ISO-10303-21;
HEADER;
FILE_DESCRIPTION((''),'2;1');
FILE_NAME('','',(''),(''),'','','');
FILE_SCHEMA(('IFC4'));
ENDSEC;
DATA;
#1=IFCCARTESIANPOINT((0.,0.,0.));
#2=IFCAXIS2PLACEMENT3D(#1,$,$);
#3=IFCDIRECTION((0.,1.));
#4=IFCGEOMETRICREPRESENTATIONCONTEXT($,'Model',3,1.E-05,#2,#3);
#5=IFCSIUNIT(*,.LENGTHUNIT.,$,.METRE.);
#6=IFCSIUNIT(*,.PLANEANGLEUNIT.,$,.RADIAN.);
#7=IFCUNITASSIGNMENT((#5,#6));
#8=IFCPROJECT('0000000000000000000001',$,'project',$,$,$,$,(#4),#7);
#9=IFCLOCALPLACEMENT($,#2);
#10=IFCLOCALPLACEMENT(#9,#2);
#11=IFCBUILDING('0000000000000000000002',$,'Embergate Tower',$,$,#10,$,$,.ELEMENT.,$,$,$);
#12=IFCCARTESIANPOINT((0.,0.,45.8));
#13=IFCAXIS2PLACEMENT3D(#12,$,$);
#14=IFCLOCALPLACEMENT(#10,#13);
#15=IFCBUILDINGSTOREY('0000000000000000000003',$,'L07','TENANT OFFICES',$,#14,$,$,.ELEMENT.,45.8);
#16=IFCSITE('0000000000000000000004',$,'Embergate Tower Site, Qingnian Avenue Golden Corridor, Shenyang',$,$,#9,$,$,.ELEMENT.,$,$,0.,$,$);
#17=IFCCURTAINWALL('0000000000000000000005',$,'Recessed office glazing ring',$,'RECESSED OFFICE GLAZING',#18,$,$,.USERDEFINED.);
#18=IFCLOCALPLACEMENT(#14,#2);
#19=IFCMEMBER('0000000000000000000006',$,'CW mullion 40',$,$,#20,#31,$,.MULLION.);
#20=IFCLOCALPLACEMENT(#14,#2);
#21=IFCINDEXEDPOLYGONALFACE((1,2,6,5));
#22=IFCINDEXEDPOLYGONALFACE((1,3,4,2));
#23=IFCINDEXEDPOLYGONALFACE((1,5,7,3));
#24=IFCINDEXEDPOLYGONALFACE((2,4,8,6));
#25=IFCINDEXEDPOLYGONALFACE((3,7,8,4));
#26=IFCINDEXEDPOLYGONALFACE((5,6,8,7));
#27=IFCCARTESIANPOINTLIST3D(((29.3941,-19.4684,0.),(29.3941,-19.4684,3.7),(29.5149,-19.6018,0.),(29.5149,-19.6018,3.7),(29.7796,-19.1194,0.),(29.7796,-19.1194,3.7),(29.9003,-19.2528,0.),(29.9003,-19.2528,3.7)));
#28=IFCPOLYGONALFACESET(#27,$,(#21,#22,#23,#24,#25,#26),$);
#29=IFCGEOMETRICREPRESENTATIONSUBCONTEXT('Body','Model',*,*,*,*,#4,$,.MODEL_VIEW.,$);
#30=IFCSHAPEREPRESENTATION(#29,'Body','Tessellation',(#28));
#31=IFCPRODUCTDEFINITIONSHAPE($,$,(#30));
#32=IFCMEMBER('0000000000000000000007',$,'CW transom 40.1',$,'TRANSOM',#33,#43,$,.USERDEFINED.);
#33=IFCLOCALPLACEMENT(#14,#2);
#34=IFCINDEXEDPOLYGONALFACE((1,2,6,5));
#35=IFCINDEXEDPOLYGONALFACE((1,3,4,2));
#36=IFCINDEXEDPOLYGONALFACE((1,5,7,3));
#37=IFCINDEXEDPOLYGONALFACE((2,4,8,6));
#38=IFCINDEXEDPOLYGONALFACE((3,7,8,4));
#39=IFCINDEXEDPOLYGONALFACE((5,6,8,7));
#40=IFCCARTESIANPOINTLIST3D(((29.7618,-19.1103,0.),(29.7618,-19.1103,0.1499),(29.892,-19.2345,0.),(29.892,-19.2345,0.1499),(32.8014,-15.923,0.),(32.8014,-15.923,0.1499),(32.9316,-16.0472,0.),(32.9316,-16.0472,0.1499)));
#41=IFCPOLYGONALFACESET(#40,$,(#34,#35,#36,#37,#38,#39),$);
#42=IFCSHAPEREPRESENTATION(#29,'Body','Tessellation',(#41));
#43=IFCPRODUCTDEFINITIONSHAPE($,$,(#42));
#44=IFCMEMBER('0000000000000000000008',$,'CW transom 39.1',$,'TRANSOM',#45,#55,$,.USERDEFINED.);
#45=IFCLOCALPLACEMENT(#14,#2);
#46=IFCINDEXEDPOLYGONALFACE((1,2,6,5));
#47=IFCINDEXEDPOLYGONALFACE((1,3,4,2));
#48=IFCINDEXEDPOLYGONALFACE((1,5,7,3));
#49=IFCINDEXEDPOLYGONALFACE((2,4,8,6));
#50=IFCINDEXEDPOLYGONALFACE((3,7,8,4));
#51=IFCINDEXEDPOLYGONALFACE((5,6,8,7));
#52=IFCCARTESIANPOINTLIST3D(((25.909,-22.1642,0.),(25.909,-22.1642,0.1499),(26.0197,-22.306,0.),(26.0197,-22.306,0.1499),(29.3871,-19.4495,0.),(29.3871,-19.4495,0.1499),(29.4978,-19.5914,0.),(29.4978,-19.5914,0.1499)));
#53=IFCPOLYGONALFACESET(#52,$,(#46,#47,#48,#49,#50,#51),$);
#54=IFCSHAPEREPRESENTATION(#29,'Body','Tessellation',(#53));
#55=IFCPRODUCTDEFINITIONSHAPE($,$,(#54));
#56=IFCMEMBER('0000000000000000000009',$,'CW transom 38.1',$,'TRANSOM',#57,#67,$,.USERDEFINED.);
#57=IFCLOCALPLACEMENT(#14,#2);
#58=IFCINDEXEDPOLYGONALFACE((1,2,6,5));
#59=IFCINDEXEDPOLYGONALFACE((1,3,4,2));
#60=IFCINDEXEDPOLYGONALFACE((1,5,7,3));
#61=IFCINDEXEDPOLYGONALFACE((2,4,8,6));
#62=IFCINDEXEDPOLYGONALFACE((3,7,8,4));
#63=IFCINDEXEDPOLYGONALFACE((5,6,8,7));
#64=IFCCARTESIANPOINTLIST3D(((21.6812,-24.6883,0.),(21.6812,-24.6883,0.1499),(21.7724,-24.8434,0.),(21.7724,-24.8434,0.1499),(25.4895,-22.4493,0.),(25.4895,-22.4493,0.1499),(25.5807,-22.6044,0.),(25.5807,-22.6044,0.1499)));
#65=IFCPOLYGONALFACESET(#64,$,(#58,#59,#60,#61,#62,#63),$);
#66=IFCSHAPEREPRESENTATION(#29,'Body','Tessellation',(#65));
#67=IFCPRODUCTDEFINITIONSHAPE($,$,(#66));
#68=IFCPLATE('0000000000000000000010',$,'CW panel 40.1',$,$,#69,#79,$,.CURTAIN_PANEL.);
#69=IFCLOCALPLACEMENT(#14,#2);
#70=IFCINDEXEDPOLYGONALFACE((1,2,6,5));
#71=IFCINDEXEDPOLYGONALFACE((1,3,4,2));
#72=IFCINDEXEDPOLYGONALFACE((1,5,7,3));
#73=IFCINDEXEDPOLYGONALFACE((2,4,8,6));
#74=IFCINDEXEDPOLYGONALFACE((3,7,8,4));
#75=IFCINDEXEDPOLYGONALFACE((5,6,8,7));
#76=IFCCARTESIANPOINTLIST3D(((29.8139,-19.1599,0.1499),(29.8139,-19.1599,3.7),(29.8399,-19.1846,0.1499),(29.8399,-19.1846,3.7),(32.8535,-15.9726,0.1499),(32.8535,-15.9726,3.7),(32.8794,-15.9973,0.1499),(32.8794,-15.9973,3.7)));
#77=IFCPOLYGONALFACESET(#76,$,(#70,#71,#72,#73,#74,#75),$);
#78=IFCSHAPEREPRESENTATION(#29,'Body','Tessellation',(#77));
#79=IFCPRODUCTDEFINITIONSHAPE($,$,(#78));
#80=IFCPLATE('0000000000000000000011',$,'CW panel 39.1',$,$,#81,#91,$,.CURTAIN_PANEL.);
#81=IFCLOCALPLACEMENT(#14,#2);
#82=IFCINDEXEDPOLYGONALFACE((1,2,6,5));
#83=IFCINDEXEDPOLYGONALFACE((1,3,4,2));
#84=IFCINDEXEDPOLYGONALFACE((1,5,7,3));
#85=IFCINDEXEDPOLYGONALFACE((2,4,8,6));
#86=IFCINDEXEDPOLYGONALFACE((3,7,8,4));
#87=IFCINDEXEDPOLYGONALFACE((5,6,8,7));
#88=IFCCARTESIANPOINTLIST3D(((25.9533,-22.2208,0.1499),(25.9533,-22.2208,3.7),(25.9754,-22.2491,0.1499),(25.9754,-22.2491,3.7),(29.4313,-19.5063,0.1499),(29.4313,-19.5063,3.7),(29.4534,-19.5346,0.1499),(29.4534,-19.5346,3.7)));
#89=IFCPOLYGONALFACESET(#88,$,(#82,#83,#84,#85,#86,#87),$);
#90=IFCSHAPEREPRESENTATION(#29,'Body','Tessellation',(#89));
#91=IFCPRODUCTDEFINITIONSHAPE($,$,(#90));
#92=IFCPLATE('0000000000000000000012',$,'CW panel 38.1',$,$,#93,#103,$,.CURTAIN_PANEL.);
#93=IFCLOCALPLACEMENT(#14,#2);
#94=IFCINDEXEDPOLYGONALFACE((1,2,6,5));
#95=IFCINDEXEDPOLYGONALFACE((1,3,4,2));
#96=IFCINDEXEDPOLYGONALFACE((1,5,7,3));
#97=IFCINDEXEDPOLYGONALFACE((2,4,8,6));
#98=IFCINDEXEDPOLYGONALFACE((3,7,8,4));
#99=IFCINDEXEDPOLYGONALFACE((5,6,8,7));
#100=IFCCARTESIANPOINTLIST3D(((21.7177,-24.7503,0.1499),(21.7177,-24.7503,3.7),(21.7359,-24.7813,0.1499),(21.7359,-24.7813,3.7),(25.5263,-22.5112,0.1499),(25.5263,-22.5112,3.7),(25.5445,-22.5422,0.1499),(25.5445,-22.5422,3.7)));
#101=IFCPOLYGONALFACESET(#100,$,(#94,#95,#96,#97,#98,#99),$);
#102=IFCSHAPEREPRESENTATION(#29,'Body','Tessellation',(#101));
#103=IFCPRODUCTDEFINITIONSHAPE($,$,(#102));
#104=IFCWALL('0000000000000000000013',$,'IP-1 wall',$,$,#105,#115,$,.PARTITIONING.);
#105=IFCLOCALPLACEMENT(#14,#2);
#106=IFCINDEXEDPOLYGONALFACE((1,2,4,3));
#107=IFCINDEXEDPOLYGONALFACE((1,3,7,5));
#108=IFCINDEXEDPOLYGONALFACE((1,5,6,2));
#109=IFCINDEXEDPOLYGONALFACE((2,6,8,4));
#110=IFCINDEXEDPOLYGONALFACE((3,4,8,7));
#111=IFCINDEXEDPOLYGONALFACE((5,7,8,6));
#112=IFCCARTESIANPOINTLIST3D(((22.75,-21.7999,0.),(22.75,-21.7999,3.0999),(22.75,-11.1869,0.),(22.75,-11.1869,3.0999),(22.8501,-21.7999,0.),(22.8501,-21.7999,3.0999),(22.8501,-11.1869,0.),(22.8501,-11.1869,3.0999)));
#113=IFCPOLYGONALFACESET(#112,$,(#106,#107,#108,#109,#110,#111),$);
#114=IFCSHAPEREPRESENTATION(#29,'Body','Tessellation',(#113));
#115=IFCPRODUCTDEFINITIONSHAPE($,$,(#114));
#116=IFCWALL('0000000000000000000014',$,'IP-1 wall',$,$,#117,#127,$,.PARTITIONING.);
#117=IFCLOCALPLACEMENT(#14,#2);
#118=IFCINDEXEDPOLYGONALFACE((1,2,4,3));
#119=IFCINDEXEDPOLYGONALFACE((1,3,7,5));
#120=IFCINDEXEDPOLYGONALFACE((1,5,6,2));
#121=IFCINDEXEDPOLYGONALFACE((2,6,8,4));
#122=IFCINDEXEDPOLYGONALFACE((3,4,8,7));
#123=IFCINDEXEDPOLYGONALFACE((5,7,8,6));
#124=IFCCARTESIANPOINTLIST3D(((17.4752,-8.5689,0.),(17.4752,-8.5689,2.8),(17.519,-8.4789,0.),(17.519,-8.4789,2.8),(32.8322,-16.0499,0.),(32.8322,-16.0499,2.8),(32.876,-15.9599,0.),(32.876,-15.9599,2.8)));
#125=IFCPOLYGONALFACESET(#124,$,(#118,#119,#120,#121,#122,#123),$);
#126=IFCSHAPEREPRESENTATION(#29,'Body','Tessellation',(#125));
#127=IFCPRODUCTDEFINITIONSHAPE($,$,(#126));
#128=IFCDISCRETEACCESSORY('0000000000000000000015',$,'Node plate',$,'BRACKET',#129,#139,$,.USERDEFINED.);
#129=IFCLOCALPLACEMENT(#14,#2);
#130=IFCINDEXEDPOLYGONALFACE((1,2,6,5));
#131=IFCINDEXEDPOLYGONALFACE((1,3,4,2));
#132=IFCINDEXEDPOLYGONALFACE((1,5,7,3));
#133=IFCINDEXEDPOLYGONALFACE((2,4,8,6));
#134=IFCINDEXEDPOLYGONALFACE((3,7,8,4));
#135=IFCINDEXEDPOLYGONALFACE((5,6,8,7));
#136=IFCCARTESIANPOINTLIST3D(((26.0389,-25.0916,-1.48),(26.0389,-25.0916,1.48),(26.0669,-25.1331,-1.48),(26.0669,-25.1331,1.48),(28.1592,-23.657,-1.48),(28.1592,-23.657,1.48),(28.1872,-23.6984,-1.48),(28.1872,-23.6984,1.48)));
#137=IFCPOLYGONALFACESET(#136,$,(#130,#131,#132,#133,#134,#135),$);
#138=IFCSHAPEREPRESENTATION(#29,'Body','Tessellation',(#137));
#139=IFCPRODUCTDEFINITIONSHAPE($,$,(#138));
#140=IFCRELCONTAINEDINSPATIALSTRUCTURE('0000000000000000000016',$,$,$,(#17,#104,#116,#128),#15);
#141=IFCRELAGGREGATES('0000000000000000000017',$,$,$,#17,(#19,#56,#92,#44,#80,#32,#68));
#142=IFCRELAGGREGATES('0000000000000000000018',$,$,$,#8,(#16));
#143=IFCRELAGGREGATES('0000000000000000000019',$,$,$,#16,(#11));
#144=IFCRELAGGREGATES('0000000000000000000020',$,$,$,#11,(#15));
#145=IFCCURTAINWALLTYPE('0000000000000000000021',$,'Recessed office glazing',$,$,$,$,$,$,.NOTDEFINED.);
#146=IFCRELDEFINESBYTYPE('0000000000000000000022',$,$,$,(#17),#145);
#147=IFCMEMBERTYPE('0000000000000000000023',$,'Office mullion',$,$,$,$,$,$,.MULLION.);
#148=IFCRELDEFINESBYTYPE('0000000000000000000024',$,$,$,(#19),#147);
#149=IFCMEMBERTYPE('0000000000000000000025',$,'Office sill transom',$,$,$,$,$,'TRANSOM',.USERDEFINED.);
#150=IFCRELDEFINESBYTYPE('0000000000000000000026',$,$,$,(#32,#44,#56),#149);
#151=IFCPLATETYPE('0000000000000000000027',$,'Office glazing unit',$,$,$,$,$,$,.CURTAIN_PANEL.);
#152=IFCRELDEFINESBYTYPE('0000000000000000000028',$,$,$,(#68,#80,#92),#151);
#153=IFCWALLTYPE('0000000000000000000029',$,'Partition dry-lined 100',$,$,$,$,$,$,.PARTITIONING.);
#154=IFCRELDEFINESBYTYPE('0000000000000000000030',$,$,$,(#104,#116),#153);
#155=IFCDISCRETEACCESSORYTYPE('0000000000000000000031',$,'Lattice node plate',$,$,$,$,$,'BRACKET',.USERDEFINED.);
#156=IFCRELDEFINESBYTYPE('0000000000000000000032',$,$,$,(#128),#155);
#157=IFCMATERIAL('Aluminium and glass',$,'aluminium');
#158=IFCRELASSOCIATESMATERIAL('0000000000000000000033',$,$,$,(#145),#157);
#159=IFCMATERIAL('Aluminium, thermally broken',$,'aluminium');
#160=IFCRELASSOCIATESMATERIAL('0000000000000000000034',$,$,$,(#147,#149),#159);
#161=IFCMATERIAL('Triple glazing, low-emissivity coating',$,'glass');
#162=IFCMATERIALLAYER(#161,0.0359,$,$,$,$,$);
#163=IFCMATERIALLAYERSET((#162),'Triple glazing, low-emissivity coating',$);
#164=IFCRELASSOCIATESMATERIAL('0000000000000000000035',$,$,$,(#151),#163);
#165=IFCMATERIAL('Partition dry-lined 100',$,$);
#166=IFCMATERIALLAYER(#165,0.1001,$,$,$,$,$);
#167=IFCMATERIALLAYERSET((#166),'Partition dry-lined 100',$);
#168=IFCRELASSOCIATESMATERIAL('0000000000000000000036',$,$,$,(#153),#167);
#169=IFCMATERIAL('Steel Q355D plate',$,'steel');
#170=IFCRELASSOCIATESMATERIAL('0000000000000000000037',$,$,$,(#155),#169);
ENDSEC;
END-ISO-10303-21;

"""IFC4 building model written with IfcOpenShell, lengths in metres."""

from ifc_helpers import new_model, si_unit, direction, frame, frame_2d, origin, origin_2d, place, context, subcontext, project, spatial, rectangle, extrude, source, transform, mapped, material, layer, layer_set, material_profile, profile_set, type_object, element, aggregate, save


model = new_model("IFC4")

# Units and contexts
model_context = context("Model", 3, precision=1e-05, world=origin(), true_north=direction((0.0, 1.0)))
body_context = subcontext(model_context, "Body", "Model", "MODEL_VIEW")
ifc_project = project(units=[si_unit("LENGTHUNIT", "METRE"), si_unit("PLANEANGLEUNIT", "RADIAN")], contexts=[model_context])

# Site, building, storey
site_placement = place(None, origin())
site = spatial("IfcSite", under=ifc_project, at=site_placement, Name="Embergate Tower Site, Qingnian Avenue Golden Corridor, Shenyang", CompositionType="ELEMENT", RefElevation=0.0)
building_placement = place(site_placement, origin())
building = spatial("IfcBuilding", under=site, at=building_placement, Name="Embergate Tower", CompositionType="ELEMENT")
storey_placement = place(building_placement, frame((0.0, 0.0, 45.8)))
storey = spatial("IfcBuildingStorey", under=building, at=storey_placement, Name="L07", Description="TENANT OFFICES", CompositionType="ELEMENT", Elevation=45.8)

# Curtain wall, members, plates
ifc_material_1 = material(Name="Aluminium and glass", Category="aluminium")
curtain_wall_type = type_object("IfcCurtainWallType", Name="Recessed office glazing", PredefinedType="NOTDEFINED", material=ifc_material_1)
curtain_wall_placement = place(storey_placement, origin())
curtain_wall = element("IfcCurtainWall", 1, at=curtain_wall_placement, inside=storey, type_object=curtain_wall_type, Name="Recessed office glazing ring", ObjectType="RECESSED OFFICE GLAZING", PredefinedType="USERDEFINED")
ifc_material_2 = material(Name="Aluminium, thermally broken", Category="aluminium")
ifc_material_profile_1 = material_profile(ifc_material_2, rectangle(XDim=0.1799, YDim=0.52, at=origin_2d()), Name="AL 520x180")
ifc_profile_set_1 = profile_set([ifc_material_profile_1], Name="Aluminium, thermally broken")
member_type_1 = type_object("IfcMemberType", Name="Office mullion", PredefinedType="MULLION", material=ifc_profile_set_1)
shared_shape_1 = source(origin(), body_context, "Body", "SweptSolid", [
    extrude(rectangle(XDim=0.1799, YDim=0.52, at=origin_2d()), origin(), (0.0, 0.0, 1.0), 3.7),
])
member_1_placement = place(storey_placement, frame((29.6472, -19.3606, 0.0), z_axis=(0.0, 0.0, 1.0), x_axis=(-0.671229, 0.74125, 0.0)))
member_1 = element("IfcMember", 2, at=member_1_placement, type_object=member_type_1, Name="CW mullion 40", PredefinedType="MULLION", context=body_context, shape_type="MappedRepresentation", body=[
    mapped(shared_shape_1, transform((0.0, 0.0, 0.0))),
])
ifc_material_profile_2 = material_profile(ifc_material_2, rectangle(XDim=0.1799, YDim=0.1499, at=origin_2d()), Name="AL 150x180")
ifc_profile_set_2 = profile_set([ifc_material_profile_2], Name="Aluminium, thermally broken")
member_type_2 = type_object("IfcMemberType", Name="Office sill transom", ElementType="TRANSOM", PredefinedType="USERDEFINED", material=ifc_profile_set_2)
shared_shape_2 = source(origin(), body_context, "Body", "SweptSolid", [
    extrude(rectangle(XDim=0.1799, YDim=0.1499, at=origin_2d()), origin(), (0.0, 0.0, 1.0), 4.4043),
])
member_2_placement = place(storey_placement, frame((29.8269, -19.1724, 0.075), z_axis=(0.690139, 0.723676, 0.0), x_axis=(-0.723676, 0.690139, 0.0)))
member_2 = element("IfcMember", 3, at=member_2_placement, type_object=member_type_2, Name="CW transom 40.1", ObjectType="TRANSOM", PredefinedType="USERDEFINED", context=body_context, shape_type="MappedRepresentation", body=[
    mapped(shared_shape_2, transform((0.0, 0.0, 0.0))),
])
shared_shape_3 = source(origin(), body_context, "Body", "SweptSolid", [
    extrude(rectangle(XDim=0.1799, YDim=0.1499, at=origin_2d()), origin(), (0.0, 0.0, 1.0), 4.4121),
])
member_3_placement = place(storey_placement, frame((25.9644, -22.2351, 0.075), z_axis=(0.788311, 0.615277, 0.0), x_axis=(-0.615277, 0.788311, 0.0)))
member_3 = element("IfcMember", 4, at=member_3_placement, type_object=member_type_2, Name="CW transom 39.1", ObjectType="TRANSOM", PredefinedType="USERDEFINED", context=body_context, shape_type="MappedRepresentation", body=[
    mapped(shared_shape_3, transform((0.0, 0.0, 0.0))),
])
shared_shape_4 = source(origin(), body_context, "Body", "SweptSolid", [
    extrude(rectangle(XDim=0.1799, YDim=0.1499, at=origin_2d()), origin(), (0.0, 0.0, 1.0), 4.4177),
])
member_4_placement = place(storey_placement, frame((21.7268, -24.7659, 0.075), z_axis=(0.862052, 0.50682, 0.0), x_axis=(-0.50682, 0.862052, 0.0)))
member_4 = element("IfcMember", 5, at=member_4_placement, type_object=member_type_2, Name="CW transom 38.1", ObjectType="TRANSOM", PredefinedType="USERDEFINED", context=body_context, shape_type="MappedRepresentation", body=[
    mapped(shared_shape_4, transform((0.0, 0.0, 0.0))),
])
ifc_material_3 = material(Name="Triple glazing, low-emissivity coating", Category="glass")
ifc_layer_1 = layer(ifc_material_3, 0.0359)
ifc_layer_set_1 = layer_set([ifc_layer_1], Name="Triple glazing, low-emissivity coating")
plate_type = type_object("IfcPlateType", Name="Office glazing unit", PredefinedType="CURTAIN_PANEL", material=ifc_layer_set_1)
shared_shape_5 = source(origin(), body_context, "Body", "SweptSolid", [
    extrude(rectangle(XDim=4.4043, YDim=0.0359, at=origin_2d()), origin(), (0.0, 0.0, 1.0), 3.55),
])
plate_1_placement = place(storey_placement, frame((31.3467, -17.5786, 0.1499), z_axis=(0.0, 0.0, 1.0), x_axis=(0.690135, 0.723681, 0.0)))
plate_1 = element("IfcPlate", 6, at=plate_1_placement, type_object=plate_type, Name="CW panel 40.1", PredefinedType="CURTAIN_PANEL", context=body_context, shape_type="MappedRepresentation", body=[
    mapped(shared_shape_5, transform((0.0, 0.0, 0.0))),
])
shared_shape_6 = source(origin(), body_context, "Body", "SweptSolid", [
    extrude(rectangle(XDim=4.4119, YDim=0.0359, at=origin_2d()), origin(), (0.0, 0.0, 1.0), 3.55),
])
plate_2_placement = place(storey_placement, frame((27.7034, -20.8777, 0.1499), z_axis=(0.0, 0.0, 1.0), x_axis=(0.78832, 0.615265, 0.0)))
plate_2 = element("IfcPlate", 7, at=plate_2_placement, type_object=plate_type, Name="CW panel 39.1", PredefinedType="CURTAIN_PANEL", context=body_context, shape_type="MappedRepresentation", body=[
    mapped(shared_shape_6, transform((0.0, 0.0, 0.0))),
])
shared_shape_7 = source(origin(), body_context, "Body", "SweptSolid", [
    extrude(rectangle(XDim=4.418, YDim=0.0359, at=origin_2d()), origin(), (0.0, 0.0, 1.0), 3.55),
])
plate_3_placement = place(storey_placement, frame((23.6311, -23.6462, 0.1499), z_axis=(0.0, 0.0, 1.0), x_axis=(0.862053, 0.506818, 0.0)))
plate_3 = element("IfcPlate", 8, at=plate_3_placement, type_object=plate_type, Name="CW panel 38.1", PredefinedType="CURTAIN_PANEL", context=body_context, shape_type="MappedRepresentation", body=[
    mapped(shared_shape_7, transform((0.0, 0.0, 0.0))),
])
aggregate(curtain_wall, [member_1, member_4, plate_3, member_3, plate_2, member_2, plate_1])

# Walls
ifc_material_4 = material(Name="Partition dry-lined 100")
ifc_layer_2 = layer(ifc_material_4, 0.1001)
ifc_layer_set_2 = layer_set([ifc_layer_2], Name="Partition dry-lined 100")
wall_type = type_object("IfcWallType", Name="Partition dry-lined 100", PredefinedType="PARTITIONING", material=ifc_layer_set_2)
shared_shape_8 = source(origin(), body_context, "Body", "SweptSolid", [
    extrude(rectangle(XDim=10.613, YDim=0.1001, at=frame_2d((5.3066, 0.0))), origin(), (0.0, 0.0, 1.0), 3.0999),
])
wall_1_placement = place(storey_placement, frame((22.8, -21.8, 0.0), z_axis=(0.0, 0.0, 1.0), x_axis=(0.0, 1.0, 0.0)))
element("IfcWall", 9, at=wall_1_placement, inside=storey, type_object=wall_type, Name="IP-1 wall", PredefinedType="PARTITIONING", context=body_context, shape_type="MappedRepresentation", body=[
    mapped(shared_shape_8, transform((0.0, 0.0, 0.0))),
])
shared_shape_9 = source(origin(), body_context, "Body", "SweptSolid", [
    extrude(rectangle(XDim=17.0823, YDim=0.1001, at=frame_2d((8.541, 0.0))), origin(), (0.0, 0.0, 1.0), 2.8),
])
wall_2_placement = place(storey_placement, frame((32.854, -16.0049, 0.0), z_axis=(0.0, 0.0, 1.0), x_axis=(-0.899004, 0.43794, 0.0)))
element("IfcWall", 10, at=wall_2_placement, inside=storey, type_object=wall_type, Name="IP-1 wall", PredefinedType="PARTITIONING", context=body_context, shape_type="MappedRepresentation", body=[
    mapped(shared_shape_9, transform((0.0, 0.0, 0.0))),
])

# Discrete accessory
ifc_material_5 = material(Name="Steel Q355D plate", Category="steel")
discrete_accessory_type = type_object("IfcDiscreteAccessoryType", Name="Lattice node plate", ElementType="BRACKET", PredefinedType="USERDEFINED", material=ifc_material_5)
shared_shape_10 = source(origin(), body_context, "Body", "SweptSolid", [
    extrude(rectangle(XDim=2.5601, YDim=0.05, at=origin_2d()), origin(), (0.0, 0.0, 1.0), 2.96),
])
discrete_accessory_placement = place(storey_placement, frame((27.113, -24.395, -1.48), z_axis=(0.0, 0.0, 1.0), x_axis=(0.828227, 0.560393, 0.0)))
element("IfcDiscreteAccessory", 11, at=discrete_accessory_placement, inside=storey, type_object=discrete_accessory_type, Name="Node plate", ObjectType="BRACKET", PredefinedType="USERDEFINED", context=body_context, shape_type="MappedRepresentation", body=[
    mapped(shared_shape_10, transform((0.0, 0.0, 0.0))),
])

save(model, "model.ifc")
